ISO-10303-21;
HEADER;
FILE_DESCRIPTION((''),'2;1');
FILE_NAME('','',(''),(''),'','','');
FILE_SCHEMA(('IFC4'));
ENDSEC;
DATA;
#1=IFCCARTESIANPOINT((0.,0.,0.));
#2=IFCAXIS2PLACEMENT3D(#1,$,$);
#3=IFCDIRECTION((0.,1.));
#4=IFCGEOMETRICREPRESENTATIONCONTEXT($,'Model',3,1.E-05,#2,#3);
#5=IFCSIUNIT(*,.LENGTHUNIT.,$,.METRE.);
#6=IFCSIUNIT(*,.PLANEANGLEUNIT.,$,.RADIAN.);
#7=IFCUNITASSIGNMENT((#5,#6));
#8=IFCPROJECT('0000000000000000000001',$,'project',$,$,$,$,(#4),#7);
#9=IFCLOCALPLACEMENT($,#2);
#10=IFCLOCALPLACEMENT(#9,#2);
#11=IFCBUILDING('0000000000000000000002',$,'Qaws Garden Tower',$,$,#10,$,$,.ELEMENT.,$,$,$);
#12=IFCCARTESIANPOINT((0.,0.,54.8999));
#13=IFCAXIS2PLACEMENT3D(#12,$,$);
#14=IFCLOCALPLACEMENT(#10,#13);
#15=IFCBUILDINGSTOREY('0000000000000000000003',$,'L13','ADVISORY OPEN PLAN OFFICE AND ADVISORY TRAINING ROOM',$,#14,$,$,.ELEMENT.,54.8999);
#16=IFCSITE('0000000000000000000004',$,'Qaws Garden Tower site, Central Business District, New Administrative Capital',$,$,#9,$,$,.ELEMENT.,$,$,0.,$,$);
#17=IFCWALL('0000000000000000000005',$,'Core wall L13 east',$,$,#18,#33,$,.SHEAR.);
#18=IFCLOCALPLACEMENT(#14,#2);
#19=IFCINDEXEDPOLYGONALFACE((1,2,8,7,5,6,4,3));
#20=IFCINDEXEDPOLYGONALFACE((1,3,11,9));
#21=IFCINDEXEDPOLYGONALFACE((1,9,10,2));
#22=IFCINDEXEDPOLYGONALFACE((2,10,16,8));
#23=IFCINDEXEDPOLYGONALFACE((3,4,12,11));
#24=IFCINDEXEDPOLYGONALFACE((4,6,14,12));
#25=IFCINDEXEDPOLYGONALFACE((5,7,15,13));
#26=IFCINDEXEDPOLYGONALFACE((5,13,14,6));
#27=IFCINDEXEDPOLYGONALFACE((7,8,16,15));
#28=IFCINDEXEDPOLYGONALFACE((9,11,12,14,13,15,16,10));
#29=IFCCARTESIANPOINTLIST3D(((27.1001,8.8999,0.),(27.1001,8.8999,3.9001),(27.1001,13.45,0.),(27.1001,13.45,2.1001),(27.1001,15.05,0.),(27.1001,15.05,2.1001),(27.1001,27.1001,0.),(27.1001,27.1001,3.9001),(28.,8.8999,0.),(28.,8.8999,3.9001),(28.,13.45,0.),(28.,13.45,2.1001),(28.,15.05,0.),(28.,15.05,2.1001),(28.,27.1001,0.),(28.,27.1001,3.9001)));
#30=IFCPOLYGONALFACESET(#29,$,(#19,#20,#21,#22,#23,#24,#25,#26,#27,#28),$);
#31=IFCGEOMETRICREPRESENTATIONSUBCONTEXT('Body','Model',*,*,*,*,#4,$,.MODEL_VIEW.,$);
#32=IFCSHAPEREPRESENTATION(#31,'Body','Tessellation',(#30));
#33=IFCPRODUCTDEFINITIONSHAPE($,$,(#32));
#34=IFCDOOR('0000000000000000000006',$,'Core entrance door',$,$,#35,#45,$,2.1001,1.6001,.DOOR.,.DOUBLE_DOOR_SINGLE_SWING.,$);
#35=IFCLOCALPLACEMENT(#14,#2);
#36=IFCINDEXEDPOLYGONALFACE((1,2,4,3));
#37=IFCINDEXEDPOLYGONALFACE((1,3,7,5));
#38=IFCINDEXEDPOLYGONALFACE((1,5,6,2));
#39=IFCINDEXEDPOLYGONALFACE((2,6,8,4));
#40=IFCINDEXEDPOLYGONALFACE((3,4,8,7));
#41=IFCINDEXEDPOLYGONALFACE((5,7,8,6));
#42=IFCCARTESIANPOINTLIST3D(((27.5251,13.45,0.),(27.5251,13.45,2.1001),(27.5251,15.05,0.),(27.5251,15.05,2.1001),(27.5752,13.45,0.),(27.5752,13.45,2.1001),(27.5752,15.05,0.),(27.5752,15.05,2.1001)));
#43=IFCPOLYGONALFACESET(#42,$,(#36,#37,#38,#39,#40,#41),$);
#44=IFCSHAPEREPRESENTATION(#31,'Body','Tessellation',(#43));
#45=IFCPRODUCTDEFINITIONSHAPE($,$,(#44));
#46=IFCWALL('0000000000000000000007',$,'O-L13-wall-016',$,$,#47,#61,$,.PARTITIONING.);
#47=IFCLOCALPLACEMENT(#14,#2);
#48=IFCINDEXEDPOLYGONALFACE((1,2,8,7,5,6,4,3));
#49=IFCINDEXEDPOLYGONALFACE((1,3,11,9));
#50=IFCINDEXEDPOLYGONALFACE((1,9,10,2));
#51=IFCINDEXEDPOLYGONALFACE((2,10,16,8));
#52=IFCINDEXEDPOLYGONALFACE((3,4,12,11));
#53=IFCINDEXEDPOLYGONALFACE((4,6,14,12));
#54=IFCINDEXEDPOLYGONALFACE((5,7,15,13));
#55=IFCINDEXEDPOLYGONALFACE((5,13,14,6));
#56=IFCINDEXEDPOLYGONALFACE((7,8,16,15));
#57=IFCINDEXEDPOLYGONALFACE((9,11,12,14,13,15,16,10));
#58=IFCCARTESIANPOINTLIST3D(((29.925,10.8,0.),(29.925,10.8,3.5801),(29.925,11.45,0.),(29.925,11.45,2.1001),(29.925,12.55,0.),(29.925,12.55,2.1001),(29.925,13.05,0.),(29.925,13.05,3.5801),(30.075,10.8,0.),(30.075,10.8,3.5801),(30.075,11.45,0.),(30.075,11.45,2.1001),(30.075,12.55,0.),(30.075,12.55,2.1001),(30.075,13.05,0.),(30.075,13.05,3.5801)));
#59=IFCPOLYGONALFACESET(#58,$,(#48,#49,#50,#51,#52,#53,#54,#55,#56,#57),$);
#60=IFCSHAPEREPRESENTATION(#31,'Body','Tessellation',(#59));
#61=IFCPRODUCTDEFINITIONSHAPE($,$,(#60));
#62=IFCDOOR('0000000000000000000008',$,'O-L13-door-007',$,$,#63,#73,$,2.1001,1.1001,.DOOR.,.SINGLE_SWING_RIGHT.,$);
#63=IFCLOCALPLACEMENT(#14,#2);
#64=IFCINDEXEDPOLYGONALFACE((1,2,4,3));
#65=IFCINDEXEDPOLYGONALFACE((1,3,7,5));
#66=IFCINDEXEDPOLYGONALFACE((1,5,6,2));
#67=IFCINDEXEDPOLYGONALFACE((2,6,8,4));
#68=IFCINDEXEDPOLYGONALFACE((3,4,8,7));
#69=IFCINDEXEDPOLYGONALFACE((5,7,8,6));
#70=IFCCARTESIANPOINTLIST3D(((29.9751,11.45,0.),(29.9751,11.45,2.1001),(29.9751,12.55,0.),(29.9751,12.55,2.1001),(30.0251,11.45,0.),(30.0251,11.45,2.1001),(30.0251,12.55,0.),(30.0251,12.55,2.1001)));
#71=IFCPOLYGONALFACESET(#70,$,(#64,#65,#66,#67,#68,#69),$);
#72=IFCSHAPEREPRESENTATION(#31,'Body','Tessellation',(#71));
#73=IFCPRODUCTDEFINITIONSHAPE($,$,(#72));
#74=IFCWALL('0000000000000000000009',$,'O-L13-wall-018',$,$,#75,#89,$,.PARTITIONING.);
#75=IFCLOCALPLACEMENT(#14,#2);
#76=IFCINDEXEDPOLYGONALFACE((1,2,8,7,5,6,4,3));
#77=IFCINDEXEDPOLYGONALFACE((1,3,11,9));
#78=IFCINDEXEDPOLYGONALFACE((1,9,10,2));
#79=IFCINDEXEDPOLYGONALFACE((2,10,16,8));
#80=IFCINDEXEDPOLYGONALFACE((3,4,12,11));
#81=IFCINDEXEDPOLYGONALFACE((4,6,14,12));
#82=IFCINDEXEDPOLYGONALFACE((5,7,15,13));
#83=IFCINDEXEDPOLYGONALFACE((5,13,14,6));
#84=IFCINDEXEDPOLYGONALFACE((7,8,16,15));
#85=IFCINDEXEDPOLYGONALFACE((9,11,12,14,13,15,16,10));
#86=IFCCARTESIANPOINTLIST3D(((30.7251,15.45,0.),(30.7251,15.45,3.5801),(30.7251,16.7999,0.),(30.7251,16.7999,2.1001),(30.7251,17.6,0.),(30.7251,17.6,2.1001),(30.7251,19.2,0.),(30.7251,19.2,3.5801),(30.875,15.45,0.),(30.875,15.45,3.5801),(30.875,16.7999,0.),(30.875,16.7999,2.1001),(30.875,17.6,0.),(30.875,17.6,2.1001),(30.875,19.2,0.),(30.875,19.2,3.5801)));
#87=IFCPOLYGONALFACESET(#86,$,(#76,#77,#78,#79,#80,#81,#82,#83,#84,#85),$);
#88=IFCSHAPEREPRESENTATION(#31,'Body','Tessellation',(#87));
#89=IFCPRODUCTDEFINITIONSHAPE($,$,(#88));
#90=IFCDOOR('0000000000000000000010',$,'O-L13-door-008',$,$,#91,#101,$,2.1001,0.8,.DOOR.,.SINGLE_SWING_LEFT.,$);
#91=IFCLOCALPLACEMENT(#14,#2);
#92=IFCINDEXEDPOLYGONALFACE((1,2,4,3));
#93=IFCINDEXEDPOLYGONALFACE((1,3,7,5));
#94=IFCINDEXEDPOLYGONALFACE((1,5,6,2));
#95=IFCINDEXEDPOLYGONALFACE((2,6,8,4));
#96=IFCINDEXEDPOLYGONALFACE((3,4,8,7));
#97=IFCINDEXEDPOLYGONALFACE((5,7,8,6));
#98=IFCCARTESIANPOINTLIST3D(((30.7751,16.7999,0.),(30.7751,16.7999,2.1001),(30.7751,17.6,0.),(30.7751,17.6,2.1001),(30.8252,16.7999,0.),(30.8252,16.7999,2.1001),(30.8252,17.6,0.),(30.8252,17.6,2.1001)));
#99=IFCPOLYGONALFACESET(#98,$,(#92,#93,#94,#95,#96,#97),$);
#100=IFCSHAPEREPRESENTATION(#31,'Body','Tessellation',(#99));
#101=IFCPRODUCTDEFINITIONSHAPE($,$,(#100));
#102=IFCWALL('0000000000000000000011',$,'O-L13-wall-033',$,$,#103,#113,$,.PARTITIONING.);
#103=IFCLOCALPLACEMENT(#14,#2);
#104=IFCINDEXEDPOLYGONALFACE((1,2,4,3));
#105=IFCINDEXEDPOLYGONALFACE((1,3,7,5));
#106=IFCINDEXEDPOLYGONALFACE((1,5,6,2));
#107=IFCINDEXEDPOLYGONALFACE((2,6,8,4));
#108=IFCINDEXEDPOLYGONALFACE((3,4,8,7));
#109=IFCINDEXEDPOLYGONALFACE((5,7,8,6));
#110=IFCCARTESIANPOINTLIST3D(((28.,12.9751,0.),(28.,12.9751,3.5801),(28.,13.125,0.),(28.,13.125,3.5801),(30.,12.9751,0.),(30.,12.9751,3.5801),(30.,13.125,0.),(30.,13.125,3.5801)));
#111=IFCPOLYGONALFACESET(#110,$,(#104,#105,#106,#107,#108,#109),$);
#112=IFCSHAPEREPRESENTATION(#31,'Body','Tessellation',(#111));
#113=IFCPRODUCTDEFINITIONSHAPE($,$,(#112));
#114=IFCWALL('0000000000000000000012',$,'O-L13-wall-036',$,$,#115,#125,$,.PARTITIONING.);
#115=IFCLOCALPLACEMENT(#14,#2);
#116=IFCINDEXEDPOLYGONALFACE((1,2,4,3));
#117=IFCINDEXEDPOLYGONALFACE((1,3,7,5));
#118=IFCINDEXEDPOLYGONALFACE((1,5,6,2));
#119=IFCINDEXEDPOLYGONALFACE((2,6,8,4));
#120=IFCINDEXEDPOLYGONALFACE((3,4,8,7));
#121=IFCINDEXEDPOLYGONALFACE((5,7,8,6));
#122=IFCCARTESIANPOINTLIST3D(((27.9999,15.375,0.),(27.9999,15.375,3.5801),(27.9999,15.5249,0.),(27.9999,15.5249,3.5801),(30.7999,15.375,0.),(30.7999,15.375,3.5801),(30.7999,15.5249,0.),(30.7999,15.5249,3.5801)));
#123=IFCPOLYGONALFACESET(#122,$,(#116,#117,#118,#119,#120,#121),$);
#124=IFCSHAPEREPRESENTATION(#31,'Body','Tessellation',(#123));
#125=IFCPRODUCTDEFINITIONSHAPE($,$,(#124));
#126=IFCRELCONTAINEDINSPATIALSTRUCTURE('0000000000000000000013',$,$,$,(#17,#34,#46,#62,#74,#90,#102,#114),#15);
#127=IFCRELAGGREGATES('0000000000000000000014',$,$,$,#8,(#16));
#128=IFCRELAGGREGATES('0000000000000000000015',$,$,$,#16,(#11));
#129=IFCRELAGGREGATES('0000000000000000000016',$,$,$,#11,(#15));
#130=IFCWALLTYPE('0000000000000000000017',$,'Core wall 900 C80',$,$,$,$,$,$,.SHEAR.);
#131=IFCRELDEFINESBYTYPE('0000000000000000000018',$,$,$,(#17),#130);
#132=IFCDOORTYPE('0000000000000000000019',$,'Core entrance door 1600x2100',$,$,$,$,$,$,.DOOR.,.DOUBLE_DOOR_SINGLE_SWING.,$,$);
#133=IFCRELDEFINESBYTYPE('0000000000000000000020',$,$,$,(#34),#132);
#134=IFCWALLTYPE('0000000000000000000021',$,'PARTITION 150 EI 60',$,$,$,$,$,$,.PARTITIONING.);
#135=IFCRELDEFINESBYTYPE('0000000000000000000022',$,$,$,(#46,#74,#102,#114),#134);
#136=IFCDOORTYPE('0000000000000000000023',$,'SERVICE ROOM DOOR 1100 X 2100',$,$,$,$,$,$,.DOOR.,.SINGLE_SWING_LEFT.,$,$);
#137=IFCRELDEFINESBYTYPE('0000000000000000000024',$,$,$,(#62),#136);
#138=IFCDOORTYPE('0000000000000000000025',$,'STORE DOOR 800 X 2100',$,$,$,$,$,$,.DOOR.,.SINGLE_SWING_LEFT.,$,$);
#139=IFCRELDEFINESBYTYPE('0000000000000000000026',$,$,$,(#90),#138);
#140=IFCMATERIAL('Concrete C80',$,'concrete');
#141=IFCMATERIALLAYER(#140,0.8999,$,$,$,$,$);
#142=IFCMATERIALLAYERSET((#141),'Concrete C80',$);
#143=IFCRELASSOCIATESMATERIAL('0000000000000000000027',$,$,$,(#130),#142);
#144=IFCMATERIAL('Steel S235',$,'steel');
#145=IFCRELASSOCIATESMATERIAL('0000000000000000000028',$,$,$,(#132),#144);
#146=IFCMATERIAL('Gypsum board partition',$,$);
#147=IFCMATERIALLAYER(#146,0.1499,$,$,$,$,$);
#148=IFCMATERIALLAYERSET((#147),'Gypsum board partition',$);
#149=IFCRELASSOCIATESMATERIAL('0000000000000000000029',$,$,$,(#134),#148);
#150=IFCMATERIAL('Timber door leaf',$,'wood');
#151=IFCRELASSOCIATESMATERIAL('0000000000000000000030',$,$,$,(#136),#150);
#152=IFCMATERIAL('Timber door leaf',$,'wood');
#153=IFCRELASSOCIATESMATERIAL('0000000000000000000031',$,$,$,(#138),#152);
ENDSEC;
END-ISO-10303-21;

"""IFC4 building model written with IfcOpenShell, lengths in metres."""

from ifc_helpers import new_model, si_unit, direction, frame, frame_2d, origin, place, context, subcontext, project, spatial, rectangle, extrude, material, layer, layer_set, type_object, element, fill, save


model = new_model("IFC4")

# Units and contexts
model_context = context("Model", 3, precision=1e-05, world=origin(), true_north=direction((0.0, 1.0)))
body_context = subcontext(model_context, "Body", "Model", "MODEL_VIEW")
ifc_project = project(units=[si_unit("LENGTHUNIT", "METRE"), si_unit("PLANEANGLEUNIT", "RADIAN")], contexts=[model_context])

# Site, building, storey
site_placement = place(None, origin())
site = spatial("IfcSite", under=ifc_project, at=site_placement, Name="Qaws Garden Tower site, Central Business District, New Administrative Capital", CompositionType="ELEMENT", RefElevation=0.0)
building_placement = place(site_placement, origin())
building = spatial("IfcBuilding", under=site, at=building_placement, Name="Qaws Garden Tower", CompositionType="ELEMENT")
storey_placement = place(building_placement, frame((0.0, 0.0, 54.8999)))
storey = spatial("IfcBuildingStorey", under=building, at=storey_placement, Name="L13", Description="ADVISORY OPEN PLAN OFFICE AND ADVISORY TRAINING ROOM", CompositionType="ELEMENT", Elevation=54.8999)

# Walls, openings, doors
ifc_material_1 = material(Name="Concrete C80", Category="concrete")
ifc_layer_1 = layer(ifc_material_1, 0.8999)
ifc_layer_set_1 = layer_set([ifc_layer_1], Name="Concrete C80")
wall_type_1 = type_object("IfcWallType", Name="Core wall 900 C80", PredefinedType="SHEAR", material=ifc_layer_set_1)
wall_1_placement = place(storey_placement, frame((27.55, 8.8999, 0.0), z_axis=(0.0, 0.0, 1.0), x_axis=(0.0, 1.0, 0.0)))
wall_1 = element("IfcWall", 1, at=wall_1_placement, inside=storey, type_object=wall_type_1, Name="Core wall L13 east", PredefinedType="SHEAR", context=body_context, shape_type="SweptSolid", body=[
    extrude(rectangle(XDim=18.2002, YDim=0.8999, at=frame_2d((9.1001, 0.0))), origin(), (0.0, 0.0, 1.0), 3.9001),
])
opening_1_placement = place(wall_1_placement, frame((4.55, 0.0, 0.0)))
opening_1 = element("IfcOpeningElement", 2, at=opening_1_placement, cuts=wall_1, PredefinedType="OPENING", context=body_context, shape_type="SweptSolid", body=[
    extrude(rectangle(XDim=1.6001, YDim=2.1001, at=frame_2d((0.8, 1.05))), frame((0.0, 0.46, 0.0), z_axis=(0.0, -1.0, 0.0), x_axis=(1.0, 0.0, 0.0)), (0.0, 0.0, 1.0), 0.9199),
])
ifc_material_2 = material(Name="Steel S235", Category="steel")
door_type_1 = type_object("IfcDoorType", Name="Core entrance door 1600x2100", OperationType="DOUBLE_DOOR_SINGLE_SWING", PredefinedType="DOOR", material=ifc_material_2)
door_1_placement = place(opening_1_placement, origin())
door_1 = element("IfcDoor", 3, at=door_1_placement, inside=storey, type_object=door_type_1, Name="Core entrance door", OperationType="DOUBLE_DOOR_SINGLE_SWING", OverallHeight=2.1001, OverallWidth=1.6001, PredefinedType="DOOR", context=body_context, shape_type="SweptSolid", body=[
    extrude(rectangle(XDim=1.6001, YDim=2.1001, at=frame_2d((0.8, 1.05))), frame((0.0, 0.0249, 0.0), z_axis=(0.0, -1.0, 0.0), x_axis=(1.0, 0.0, 0.0)), (0.0, 0.0, 1.0), 0.05),
])
fill(opening_1, door_1)
ifc_material_3 = material(Name="Gypsum board partition")
ifc_layer_2 = layer(ifc_material_3, 0.1499)
ifc_layer_set_2 = layer_set([ifc_layer_2], Name="Gypsum board partition")
wall_type_2 = type_object("IfcWallType", Name="PARTITION 150 EI 60", PredefinedType="PARTITIONING", material=ifc_layer_set_2)
wall_2_placement = place(storey_placement, frame((30.0, 10.8, 0.0), z_axis=(0.0, 0.0, 1.0), x_axis=(0.0, 1.0, 0.0)))
wall_2 = element("IfcWall", 4, at=wall_2_placement, inside=storey, type_object=wall_type_2, Name="O-L13-wall-016", PredefinedType="PARTITIONING", context=body_context, shape_type="SweptSolid", body=[
    extrude(rectangle(XDim=2.25, YDim=0.1499, at=frame_2d((1.125, 0.0))), origin(), (0.0, 0.0, 1.0), 3.5801),
])
opening_2_placement = place(wall_2_placement, frame((0.6499, 0.0, 0.0)))
opening_2 = element("IfcOpeningElement", 5, at=opening_2_placement, cuts=wall_2, PredefinedType="OPENING", context=body_context, shape_type="SweptSolid", body=[
    extrude(rectangle(XDim=1.1001, YDim=2.1001, at=frame_2d((0.55, 1.05))), frame((0.0, 0.085, 0.0), z_axis=(0.0, -1.0, 0.0), x_axis=(1.0, 0.0, 0.0)), (0.0, 0.0, 1.0), 0.1699),
])
ifc_material_4 = material(Name="Timber door leaf", Category="wood")
door_type_2 = type_object("IfcDoorType", Name="SERVICE ROOM DOOR 1100 X 2100", OperationType="SINGLE_SWING_LEFT", PredefinedType="DOOR", material=ifc_material_4)
door_2_placement = place(opening_2_placement, origin())
door_2 = element("IfcDoor", 6, at=door_2_placement, inside=storey, type_object=door_type_2, Name="O-L13-door-007", OperationType="SINGLE_SWING_RIGHT", OverallHeight=2.1001, OverallWidth=1.1001, PredefinedType="DOOR", context=body_context, shape_type="SweptSolid", body=[
    extrude(rectangle(XDim=1.1001, YDim=2.1001, at=frame_2d((0.55, 1.05))), frame((0.0, 0.0249, 0.0), z_axis=(0.0, -1.0, 0.0), x_axis=(1.0, 0.0, 0.0)), (0.0, 0.0, 1.0), 0.05),
])
fill(opening_2, door_2)
wall_3_placement = place(storey_placement, frame((30.8, 15.45, 0.0), z_axis=(0.0, 0.0, 1.0), x_axis=(0.0, 1.0, 0.0)))
wall_3 = element("IfcWall", 7, at=wall_3_placement, inside=storey, type_object=wall_type_2, Name="O-L13-wall-018", PredefinedType="PARTITIONING", context=body_context, shape_type="SweptSolid", body=[
    extrude(rectangle(XDim=3.75, YDim=0.1499, at=frame_2d((1.875, 0.0))), origin(), (0.0, 0.0, 1.0), 3.5801),
])
opening_3_placement = place(wall_3_placement, frame((1.3501, 0.0, 0.0)))
opening_3 = element("IfcOpeningElement", 8, at=opening_3_placement, cuts=wall_3, PredefinedType="OPENING", context=body_context, shape_type="SweptSolid", body=[
    extrude(rectangle(XDim=0.8, YDim=2.1001, at=frame_2d((0.3999, 1.05))), frame((0.0, 0.085, 0.0), z_axis=(0.0, -1.0, 0.0), x_axis=(1.0, 0.0, 0.0)), (0.0, 0.0, 1.0), 0.1699),
])
ifc_material_5 = material(Name="Timber door leaf", Category="wood")
door_type_3 = type_object("IfcDoorType", Name="STORE DOOR 800 X 2100", OperationType="SINGLE_SWING_LEFT", PredefinedType="DOOR", material=ifc_material_5)
door_3_placement = place(opening_3_placement, origin())
door_3 = element("IfcDoor", 9, at=door_3_placement, inside=storey, type_object=door_type_3, Name="O-L13-door-008", OperationType="SINGLE_SWING_LEFT", OverallHeight=2.1001, OverallWidth=0.8, PredefinedType="DOOR", context=body_context, shape_type="SweptSolid", body=[
    extrude(rectangle(XDim=0.8, YDim=2.1001, at=frame_2d((0.3999, 1.05))), frame((0.0, 0.0249, 0.0), z_axis=(0.0, -1.0, 0.0), x_axis=(1.0, 0.0, 0.0)), (0.0, 0.0, 1.0), 0.05),
])
fill(opening_3, door_3)

# Walls
wall_4_placement = place(storey_placement, frame((28.0, 13.05, 0.0), z_axis=(0.0, 0.0, 1.0), x_axis=(1.0, 0.0, 0.0)))
element("IfcWall", 10, at=wall_4_placement, inside=storey, type_object=wall_type_2, Name="O-L13-wall-033", PredefinedType="PARTITIONING", context=body_context, shape_type="SweptSolid", body=[
    extrude(rectangle(XDim=2.0, YDim=0.1499, at=frame_2d((1.0, 0.0))), origin(), (0.0, 0.0, 1.0), 3.5801),
])
wall_5_placement = place(storey_placement, frame((28.0, 15.45, 0.0), z_axis=(0.0, 0.0, 1.0), x_axis=(1.0, 0.0, 0.0)))
element("IfcWall", 11, at=wall_5_placement, inside=storey, type_object=wall_type_2, Name="O-L13-wall-036", PredefinedType="PARTITIONING", context=body_context, shape_type="SweptSolid", body=[
    extrude(rectangle(XDim=2.8, YDim=0.1499, at=frame_2d((1.3999, 0.0))), origin(), (0.0, 0.0, 1.0), 3.5801),
])

save(model, "model.ifc")
